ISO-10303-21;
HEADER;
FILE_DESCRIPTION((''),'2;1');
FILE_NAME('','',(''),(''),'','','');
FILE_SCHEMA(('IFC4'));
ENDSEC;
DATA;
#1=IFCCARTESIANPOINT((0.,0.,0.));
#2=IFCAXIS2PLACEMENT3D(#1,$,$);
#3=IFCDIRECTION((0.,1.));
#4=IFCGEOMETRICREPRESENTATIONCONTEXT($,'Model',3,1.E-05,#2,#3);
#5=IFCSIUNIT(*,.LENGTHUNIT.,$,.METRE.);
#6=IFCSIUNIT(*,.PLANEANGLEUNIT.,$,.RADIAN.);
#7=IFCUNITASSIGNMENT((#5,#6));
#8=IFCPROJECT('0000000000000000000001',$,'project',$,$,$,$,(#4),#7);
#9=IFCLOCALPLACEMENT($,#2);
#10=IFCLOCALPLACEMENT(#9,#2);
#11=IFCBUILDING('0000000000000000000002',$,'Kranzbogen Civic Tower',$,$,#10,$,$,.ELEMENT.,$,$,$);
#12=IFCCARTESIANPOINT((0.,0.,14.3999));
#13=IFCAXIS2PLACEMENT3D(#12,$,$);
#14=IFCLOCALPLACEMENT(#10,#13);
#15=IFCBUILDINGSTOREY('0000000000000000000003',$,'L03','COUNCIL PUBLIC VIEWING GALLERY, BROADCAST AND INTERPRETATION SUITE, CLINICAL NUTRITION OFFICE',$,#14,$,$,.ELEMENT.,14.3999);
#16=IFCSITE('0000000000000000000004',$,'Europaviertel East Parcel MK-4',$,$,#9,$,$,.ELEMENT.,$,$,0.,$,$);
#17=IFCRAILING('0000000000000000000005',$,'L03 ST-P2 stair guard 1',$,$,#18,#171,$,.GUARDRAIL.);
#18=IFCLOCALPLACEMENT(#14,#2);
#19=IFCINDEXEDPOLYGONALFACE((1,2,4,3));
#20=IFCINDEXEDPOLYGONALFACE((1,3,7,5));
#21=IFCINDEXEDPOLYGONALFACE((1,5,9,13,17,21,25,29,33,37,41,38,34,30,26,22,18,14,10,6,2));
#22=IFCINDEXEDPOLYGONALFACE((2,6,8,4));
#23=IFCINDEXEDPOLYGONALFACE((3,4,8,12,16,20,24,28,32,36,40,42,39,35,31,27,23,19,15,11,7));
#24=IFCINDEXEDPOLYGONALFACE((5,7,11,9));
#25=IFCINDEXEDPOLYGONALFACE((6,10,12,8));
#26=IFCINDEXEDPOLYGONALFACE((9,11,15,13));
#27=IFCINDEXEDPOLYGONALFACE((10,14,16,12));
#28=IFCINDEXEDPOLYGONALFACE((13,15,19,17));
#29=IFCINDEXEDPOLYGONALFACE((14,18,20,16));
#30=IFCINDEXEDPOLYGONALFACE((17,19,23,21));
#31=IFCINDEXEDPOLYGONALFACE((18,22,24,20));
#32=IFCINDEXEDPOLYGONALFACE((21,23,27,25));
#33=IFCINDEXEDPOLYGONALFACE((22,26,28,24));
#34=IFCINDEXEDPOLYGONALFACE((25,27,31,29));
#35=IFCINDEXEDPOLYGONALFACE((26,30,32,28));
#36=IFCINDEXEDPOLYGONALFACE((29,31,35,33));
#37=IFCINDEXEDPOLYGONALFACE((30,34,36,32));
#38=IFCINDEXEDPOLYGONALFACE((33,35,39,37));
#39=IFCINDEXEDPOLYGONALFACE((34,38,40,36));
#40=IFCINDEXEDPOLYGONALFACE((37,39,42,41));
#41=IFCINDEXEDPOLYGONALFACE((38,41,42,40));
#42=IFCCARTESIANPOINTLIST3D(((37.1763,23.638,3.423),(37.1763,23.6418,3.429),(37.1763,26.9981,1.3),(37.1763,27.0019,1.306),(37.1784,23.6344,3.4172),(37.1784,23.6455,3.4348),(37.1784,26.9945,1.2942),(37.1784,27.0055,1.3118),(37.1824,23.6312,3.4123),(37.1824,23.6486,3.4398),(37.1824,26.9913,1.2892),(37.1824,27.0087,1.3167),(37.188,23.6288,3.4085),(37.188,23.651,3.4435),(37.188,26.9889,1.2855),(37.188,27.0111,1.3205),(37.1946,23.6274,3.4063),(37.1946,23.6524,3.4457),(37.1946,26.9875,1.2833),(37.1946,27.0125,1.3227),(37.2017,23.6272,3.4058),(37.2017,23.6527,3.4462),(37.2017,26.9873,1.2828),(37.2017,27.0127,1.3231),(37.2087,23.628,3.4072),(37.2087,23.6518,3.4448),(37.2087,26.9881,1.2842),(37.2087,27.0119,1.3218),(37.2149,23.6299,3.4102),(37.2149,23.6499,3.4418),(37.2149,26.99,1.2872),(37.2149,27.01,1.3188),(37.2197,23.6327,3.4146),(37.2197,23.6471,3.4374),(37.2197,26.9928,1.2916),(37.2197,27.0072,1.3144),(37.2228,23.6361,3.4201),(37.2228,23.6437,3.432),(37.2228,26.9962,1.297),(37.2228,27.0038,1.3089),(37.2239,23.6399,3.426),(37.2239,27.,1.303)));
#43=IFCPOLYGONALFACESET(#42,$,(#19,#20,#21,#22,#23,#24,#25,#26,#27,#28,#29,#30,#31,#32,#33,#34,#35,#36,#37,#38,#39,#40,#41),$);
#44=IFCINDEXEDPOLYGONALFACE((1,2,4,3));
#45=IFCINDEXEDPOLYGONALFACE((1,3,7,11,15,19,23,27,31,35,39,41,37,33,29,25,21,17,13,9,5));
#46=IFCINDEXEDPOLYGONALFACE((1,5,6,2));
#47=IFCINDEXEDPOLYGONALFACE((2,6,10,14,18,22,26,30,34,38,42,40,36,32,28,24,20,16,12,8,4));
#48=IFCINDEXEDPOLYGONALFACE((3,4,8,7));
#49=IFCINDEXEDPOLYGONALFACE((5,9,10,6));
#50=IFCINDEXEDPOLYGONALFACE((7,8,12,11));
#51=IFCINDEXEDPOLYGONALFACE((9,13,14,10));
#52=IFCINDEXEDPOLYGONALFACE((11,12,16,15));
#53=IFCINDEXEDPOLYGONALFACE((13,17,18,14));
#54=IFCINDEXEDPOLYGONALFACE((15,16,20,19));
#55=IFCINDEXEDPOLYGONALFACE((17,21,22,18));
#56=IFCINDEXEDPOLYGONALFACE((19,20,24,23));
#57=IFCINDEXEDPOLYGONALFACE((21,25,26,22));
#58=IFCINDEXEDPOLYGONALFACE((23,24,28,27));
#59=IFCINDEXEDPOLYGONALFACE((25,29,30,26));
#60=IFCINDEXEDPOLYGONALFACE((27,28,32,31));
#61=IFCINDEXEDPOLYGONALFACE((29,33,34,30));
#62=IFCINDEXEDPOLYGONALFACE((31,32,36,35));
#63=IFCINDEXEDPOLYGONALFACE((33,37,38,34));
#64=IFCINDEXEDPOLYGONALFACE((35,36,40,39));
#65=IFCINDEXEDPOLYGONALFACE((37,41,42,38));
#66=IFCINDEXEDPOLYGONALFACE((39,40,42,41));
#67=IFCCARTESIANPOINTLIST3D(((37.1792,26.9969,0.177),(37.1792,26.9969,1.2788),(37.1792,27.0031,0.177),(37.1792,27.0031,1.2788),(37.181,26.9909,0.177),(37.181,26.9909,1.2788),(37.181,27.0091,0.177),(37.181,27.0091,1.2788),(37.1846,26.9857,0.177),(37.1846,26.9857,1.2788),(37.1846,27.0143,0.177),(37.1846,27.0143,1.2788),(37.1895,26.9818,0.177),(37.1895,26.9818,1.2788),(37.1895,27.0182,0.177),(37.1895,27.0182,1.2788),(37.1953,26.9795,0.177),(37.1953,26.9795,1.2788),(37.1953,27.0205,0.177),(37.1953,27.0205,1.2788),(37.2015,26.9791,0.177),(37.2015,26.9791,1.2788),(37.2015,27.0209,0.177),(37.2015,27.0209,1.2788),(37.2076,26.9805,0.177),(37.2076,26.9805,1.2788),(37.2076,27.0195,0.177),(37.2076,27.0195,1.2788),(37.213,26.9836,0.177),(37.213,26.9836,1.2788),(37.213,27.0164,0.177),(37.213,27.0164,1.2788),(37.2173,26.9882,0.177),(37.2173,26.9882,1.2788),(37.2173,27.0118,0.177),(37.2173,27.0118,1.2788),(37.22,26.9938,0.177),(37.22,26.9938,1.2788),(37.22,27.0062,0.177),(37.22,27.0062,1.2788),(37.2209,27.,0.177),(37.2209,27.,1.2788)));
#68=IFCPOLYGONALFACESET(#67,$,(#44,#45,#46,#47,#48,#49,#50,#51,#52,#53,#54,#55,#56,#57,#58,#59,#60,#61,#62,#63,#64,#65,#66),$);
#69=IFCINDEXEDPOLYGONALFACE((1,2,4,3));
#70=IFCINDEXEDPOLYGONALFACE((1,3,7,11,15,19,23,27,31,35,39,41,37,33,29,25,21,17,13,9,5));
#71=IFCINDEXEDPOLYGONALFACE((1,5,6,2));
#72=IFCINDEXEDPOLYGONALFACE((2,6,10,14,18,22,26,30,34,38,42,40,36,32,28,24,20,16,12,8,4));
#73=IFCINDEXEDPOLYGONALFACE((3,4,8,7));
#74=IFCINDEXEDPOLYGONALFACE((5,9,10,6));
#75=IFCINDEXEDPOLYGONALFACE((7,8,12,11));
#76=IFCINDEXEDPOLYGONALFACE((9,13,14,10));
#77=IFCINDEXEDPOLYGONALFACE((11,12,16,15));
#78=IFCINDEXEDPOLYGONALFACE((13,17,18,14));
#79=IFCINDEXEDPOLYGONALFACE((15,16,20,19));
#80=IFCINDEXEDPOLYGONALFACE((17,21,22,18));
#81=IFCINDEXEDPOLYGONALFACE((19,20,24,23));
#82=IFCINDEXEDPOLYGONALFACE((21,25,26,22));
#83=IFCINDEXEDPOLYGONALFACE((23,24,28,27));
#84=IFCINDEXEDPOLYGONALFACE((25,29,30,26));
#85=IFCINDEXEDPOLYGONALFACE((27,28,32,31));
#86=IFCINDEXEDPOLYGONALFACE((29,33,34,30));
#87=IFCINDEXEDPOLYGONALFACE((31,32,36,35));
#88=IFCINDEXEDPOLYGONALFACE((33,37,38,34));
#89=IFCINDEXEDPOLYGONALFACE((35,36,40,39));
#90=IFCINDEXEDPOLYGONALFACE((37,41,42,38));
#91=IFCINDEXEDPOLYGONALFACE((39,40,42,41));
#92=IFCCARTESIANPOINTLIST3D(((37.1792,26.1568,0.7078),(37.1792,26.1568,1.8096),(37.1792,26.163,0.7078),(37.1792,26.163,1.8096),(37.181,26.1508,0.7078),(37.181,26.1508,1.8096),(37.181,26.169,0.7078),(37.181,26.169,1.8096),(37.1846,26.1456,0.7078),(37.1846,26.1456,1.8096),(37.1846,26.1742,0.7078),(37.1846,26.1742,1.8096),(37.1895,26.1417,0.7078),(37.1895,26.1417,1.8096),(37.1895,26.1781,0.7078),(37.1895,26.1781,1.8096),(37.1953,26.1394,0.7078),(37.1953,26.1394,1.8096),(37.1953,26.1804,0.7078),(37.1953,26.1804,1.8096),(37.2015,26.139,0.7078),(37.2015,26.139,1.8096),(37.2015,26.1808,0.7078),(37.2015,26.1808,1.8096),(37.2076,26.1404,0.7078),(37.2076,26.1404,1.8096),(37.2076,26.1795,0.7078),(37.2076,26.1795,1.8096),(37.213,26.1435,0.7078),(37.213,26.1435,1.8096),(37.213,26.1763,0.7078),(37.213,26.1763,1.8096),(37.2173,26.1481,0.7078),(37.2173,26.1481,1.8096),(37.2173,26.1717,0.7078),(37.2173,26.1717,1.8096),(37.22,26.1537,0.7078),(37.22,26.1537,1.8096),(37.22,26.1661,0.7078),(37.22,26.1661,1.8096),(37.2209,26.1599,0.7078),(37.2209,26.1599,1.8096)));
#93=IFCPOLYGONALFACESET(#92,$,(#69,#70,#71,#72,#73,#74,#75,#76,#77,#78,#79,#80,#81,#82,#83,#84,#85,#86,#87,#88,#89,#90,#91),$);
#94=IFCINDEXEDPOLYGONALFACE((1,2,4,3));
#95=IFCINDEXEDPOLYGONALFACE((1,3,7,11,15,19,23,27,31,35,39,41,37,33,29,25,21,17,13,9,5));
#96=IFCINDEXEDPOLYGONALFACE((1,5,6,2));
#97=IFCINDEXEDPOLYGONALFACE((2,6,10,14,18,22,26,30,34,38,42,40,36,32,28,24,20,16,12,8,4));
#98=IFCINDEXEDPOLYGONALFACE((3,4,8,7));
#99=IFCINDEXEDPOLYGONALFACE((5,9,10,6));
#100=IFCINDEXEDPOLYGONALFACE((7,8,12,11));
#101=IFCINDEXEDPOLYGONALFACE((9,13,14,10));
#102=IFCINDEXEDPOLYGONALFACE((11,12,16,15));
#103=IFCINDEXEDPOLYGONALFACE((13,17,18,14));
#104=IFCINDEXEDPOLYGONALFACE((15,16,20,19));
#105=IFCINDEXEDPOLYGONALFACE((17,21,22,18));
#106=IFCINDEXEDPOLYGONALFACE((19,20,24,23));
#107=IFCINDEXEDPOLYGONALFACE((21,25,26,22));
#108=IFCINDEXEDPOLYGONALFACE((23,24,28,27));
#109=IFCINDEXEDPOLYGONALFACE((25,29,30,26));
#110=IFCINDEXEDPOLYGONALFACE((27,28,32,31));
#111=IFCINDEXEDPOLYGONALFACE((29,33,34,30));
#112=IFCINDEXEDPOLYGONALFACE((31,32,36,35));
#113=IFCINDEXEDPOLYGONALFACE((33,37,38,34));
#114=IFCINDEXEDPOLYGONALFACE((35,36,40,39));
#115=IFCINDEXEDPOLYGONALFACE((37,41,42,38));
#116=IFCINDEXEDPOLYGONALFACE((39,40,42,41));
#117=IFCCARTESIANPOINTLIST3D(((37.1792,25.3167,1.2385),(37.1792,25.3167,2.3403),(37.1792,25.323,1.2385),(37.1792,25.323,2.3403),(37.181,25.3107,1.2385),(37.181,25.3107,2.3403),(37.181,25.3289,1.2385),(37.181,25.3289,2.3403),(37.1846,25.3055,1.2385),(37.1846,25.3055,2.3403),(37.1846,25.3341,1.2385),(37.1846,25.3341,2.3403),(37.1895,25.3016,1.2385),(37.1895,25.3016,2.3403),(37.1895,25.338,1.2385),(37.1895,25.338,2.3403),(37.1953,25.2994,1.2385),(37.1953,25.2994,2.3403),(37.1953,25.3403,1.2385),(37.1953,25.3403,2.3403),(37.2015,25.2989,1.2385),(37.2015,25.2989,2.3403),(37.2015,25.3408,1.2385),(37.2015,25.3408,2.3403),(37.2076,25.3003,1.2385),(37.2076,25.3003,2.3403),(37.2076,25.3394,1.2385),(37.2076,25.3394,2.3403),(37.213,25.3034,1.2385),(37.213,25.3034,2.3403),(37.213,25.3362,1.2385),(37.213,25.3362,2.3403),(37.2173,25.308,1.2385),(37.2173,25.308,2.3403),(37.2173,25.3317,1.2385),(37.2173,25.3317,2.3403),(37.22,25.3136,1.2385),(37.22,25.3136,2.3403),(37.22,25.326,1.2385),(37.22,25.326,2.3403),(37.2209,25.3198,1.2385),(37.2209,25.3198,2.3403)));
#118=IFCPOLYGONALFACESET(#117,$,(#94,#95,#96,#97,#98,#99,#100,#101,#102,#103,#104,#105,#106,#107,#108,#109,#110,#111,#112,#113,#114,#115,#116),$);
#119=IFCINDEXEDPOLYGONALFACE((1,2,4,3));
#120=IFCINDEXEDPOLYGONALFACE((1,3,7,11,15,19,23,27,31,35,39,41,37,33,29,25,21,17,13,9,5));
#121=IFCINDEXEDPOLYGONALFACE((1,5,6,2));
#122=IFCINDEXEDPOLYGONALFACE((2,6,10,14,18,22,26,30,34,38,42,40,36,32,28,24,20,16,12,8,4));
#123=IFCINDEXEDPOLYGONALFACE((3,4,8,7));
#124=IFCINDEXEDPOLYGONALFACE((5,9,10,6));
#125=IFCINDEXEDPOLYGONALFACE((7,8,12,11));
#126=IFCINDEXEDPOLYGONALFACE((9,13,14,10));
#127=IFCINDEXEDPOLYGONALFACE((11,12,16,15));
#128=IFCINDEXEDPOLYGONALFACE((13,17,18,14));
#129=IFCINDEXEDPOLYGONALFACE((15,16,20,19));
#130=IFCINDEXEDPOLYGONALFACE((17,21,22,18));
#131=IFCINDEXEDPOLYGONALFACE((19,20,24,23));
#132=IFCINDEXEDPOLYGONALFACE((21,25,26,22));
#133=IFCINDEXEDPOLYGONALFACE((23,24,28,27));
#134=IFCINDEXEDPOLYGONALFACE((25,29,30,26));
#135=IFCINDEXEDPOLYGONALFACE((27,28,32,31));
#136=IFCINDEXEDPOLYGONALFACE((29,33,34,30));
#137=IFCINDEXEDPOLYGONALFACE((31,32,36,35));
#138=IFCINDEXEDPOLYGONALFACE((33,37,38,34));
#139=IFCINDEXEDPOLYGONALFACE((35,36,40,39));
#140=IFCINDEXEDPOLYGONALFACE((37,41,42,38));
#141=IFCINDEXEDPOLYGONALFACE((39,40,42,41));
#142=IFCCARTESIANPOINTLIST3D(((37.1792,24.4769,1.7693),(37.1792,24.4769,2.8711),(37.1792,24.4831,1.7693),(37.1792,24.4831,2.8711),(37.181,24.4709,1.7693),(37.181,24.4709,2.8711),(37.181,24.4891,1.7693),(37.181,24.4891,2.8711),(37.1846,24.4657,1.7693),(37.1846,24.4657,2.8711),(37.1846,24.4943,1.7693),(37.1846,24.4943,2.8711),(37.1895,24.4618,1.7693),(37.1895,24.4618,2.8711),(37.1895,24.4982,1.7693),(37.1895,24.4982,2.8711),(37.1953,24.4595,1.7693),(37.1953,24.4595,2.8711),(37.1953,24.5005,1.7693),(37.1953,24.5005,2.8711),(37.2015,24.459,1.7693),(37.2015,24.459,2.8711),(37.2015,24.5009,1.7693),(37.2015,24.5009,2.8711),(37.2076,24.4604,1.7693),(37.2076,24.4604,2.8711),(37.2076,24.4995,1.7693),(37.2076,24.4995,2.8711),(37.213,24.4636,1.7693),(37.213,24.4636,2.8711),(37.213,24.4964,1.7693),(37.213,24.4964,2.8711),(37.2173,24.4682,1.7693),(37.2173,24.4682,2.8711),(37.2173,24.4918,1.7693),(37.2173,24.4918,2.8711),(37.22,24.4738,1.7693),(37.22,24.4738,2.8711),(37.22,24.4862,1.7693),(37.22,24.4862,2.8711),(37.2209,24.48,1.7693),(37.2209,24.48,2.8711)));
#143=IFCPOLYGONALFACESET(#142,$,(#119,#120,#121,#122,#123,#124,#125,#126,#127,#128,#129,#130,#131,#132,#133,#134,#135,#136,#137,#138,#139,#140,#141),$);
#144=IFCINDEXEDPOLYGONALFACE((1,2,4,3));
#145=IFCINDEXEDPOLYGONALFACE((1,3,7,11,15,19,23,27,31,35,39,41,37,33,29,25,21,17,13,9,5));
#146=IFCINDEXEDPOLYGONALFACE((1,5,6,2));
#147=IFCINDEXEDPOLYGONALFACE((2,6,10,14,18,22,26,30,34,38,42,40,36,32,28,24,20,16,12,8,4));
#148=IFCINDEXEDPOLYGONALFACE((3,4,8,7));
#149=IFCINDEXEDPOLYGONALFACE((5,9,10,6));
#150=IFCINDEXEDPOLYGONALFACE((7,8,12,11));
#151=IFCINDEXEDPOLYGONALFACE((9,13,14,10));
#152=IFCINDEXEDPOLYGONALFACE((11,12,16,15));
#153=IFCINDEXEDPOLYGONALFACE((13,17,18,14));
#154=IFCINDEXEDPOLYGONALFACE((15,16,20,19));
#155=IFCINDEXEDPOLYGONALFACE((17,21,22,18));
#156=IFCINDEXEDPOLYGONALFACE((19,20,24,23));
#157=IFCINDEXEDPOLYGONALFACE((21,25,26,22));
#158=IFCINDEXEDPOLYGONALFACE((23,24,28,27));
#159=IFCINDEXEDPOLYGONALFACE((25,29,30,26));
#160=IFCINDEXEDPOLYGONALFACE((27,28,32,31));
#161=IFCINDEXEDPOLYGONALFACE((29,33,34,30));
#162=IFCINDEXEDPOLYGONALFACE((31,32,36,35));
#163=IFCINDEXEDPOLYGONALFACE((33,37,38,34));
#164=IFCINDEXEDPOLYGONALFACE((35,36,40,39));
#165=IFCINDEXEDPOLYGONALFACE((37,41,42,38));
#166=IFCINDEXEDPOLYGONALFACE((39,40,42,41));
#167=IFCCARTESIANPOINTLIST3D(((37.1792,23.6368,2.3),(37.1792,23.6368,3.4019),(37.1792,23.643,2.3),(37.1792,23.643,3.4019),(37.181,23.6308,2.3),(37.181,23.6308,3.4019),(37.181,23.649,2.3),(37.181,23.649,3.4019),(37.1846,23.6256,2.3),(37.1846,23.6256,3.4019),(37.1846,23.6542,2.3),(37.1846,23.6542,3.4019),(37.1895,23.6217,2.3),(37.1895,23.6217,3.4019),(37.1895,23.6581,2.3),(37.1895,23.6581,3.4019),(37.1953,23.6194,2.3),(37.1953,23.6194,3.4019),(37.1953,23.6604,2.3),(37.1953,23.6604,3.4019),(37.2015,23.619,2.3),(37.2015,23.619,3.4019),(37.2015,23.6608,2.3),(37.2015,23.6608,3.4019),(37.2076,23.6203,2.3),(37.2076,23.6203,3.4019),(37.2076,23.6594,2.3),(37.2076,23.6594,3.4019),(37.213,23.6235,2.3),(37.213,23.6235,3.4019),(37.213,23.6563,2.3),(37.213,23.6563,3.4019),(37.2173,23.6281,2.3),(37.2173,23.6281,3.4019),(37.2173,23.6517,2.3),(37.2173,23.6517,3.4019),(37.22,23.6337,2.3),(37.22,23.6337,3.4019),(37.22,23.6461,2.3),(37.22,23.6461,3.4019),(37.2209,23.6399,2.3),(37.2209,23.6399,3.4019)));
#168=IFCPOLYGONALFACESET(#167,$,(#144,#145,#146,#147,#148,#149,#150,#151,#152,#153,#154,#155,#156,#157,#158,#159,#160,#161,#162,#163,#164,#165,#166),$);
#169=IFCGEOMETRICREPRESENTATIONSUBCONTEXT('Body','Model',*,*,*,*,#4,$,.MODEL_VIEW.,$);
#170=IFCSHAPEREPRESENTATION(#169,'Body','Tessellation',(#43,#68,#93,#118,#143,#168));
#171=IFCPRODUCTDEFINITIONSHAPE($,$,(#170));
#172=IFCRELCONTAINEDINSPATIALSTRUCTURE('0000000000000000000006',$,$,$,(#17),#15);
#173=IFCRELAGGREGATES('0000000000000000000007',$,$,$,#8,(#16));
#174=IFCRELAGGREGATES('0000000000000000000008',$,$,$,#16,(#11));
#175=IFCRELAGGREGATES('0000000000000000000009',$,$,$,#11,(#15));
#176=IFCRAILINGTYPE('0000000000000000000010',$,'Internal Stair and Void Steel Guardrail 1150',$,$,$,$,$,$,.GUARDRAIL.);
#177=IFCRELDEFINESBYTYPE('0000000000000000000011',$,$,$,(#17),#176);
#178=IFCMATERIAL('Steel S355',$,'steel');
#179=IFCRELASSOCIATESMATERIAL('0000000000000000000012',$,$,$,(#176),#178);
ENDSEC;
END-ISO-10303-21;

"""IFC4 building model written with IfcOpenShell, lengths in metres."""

from ifc_helpers import new_model, si_unit, direction, frame, origin, origin_2d, place, context, subcontext, project, spatial, circle, extrude, material, type_object, element, save


model = new_model("IFC4")

# Units and contexts
model_context = context("Model", 3, precision=1e-05, world=origin(), true_north=direction((0.0, 1.0)))
body_context = subcontext(model_context, "Body", "Model", "MODEL_VIEW")
ifc_project = project(units=[si_unit("LENGTHUNIT", "METRE"), si_unit("PLANEANGLEUNIT", "RADIAN")], contexts=[model_context])

# Site, building, storey
site_placement = place(None, origin())
site = spatial("IfcSite", under=ifc_project, at=site_placement, Name="Europaviertel East Parcel MK-4", CompositionType="ELEMENT", RefElevation=0.0)
building_placement = place(site_placement, origin())
building = spatial("IfcBuilding", under=site, at=building_placement, Name="Kranzbogen Civic Tower", CompositionType="ELEMENT")
storey_placement = place(building_placement, frame((0.0, 0.0, 14.3999)))
storey = spatial("IfcBuildingStorey", under=building, at=storey_placement, Name="L03", Description="COUNCIL PUBLIC VIEWING GALLERY, BROADCAST AND INTERPRETATION SUITE, CLINICAL NUTRITION OFFICE", CompositionType="ELEMENT", Elevation=14.3999)

# Shared definitions
ifc_material_1 = material(Name="Steel S355", Category="steel")

# Railing
railing_type_1 = type_object("IfcRailingType", Name="Internal Stair and Void Steel Guardrail 1150", PredefinedType="GUARDRAIL", material=ifc_material_1)
railing_1_placement = place(storey_placement, frame((37.2, 27.0, 0.177)))
element("IfcRailing", 1, at=railing_1_placement, inside=storey, type_object=railing_type_1, Name="L03 ST-P2 stair guard 1", PredefinedType="GUARDRAIL", context=body_context, shape_type="SweptSolid", body=[
    extrude(circle(Radius=0.0239, at=origin_2d()), frame((0.0, 0.0, 1.126), z_axis=(0.0, -0.84539, 0.53415), x_axis=(1.0, 0.0, 0.0)), (0.0, 0.0, 1.0), 3.9746),
    extrude(circle(Radius=0.021, at=origin_2d()), origin(), (0.0, 0.0, 1.0), 1.1018),
    extrude(circle(Radius=0.021, at=origin_2d()), frame((0.0, -0.8401, 0.5308)), (0.0, 0.0, 1.0), 1.1018),
    extrude(circle(Radius=0.021, at=origin_2d()), frame((0.0, -1.6802, 1.0615)), (0.0, 0.0, 1.0), 1.1018),
    extrude(circle(Radius=0.021, at=origin_2d()), frame((0.0, -2.52, 1.5923)), (0.0, 0.0, 1.0), 1.1018),
    extrude(circle(Radius=0.021, at=origin_2d()), frame((0.0, -3.3601, 2.123)), (0.0, 0.0, 1.0), 1.1018),
])

save(model, "model.ifc")
